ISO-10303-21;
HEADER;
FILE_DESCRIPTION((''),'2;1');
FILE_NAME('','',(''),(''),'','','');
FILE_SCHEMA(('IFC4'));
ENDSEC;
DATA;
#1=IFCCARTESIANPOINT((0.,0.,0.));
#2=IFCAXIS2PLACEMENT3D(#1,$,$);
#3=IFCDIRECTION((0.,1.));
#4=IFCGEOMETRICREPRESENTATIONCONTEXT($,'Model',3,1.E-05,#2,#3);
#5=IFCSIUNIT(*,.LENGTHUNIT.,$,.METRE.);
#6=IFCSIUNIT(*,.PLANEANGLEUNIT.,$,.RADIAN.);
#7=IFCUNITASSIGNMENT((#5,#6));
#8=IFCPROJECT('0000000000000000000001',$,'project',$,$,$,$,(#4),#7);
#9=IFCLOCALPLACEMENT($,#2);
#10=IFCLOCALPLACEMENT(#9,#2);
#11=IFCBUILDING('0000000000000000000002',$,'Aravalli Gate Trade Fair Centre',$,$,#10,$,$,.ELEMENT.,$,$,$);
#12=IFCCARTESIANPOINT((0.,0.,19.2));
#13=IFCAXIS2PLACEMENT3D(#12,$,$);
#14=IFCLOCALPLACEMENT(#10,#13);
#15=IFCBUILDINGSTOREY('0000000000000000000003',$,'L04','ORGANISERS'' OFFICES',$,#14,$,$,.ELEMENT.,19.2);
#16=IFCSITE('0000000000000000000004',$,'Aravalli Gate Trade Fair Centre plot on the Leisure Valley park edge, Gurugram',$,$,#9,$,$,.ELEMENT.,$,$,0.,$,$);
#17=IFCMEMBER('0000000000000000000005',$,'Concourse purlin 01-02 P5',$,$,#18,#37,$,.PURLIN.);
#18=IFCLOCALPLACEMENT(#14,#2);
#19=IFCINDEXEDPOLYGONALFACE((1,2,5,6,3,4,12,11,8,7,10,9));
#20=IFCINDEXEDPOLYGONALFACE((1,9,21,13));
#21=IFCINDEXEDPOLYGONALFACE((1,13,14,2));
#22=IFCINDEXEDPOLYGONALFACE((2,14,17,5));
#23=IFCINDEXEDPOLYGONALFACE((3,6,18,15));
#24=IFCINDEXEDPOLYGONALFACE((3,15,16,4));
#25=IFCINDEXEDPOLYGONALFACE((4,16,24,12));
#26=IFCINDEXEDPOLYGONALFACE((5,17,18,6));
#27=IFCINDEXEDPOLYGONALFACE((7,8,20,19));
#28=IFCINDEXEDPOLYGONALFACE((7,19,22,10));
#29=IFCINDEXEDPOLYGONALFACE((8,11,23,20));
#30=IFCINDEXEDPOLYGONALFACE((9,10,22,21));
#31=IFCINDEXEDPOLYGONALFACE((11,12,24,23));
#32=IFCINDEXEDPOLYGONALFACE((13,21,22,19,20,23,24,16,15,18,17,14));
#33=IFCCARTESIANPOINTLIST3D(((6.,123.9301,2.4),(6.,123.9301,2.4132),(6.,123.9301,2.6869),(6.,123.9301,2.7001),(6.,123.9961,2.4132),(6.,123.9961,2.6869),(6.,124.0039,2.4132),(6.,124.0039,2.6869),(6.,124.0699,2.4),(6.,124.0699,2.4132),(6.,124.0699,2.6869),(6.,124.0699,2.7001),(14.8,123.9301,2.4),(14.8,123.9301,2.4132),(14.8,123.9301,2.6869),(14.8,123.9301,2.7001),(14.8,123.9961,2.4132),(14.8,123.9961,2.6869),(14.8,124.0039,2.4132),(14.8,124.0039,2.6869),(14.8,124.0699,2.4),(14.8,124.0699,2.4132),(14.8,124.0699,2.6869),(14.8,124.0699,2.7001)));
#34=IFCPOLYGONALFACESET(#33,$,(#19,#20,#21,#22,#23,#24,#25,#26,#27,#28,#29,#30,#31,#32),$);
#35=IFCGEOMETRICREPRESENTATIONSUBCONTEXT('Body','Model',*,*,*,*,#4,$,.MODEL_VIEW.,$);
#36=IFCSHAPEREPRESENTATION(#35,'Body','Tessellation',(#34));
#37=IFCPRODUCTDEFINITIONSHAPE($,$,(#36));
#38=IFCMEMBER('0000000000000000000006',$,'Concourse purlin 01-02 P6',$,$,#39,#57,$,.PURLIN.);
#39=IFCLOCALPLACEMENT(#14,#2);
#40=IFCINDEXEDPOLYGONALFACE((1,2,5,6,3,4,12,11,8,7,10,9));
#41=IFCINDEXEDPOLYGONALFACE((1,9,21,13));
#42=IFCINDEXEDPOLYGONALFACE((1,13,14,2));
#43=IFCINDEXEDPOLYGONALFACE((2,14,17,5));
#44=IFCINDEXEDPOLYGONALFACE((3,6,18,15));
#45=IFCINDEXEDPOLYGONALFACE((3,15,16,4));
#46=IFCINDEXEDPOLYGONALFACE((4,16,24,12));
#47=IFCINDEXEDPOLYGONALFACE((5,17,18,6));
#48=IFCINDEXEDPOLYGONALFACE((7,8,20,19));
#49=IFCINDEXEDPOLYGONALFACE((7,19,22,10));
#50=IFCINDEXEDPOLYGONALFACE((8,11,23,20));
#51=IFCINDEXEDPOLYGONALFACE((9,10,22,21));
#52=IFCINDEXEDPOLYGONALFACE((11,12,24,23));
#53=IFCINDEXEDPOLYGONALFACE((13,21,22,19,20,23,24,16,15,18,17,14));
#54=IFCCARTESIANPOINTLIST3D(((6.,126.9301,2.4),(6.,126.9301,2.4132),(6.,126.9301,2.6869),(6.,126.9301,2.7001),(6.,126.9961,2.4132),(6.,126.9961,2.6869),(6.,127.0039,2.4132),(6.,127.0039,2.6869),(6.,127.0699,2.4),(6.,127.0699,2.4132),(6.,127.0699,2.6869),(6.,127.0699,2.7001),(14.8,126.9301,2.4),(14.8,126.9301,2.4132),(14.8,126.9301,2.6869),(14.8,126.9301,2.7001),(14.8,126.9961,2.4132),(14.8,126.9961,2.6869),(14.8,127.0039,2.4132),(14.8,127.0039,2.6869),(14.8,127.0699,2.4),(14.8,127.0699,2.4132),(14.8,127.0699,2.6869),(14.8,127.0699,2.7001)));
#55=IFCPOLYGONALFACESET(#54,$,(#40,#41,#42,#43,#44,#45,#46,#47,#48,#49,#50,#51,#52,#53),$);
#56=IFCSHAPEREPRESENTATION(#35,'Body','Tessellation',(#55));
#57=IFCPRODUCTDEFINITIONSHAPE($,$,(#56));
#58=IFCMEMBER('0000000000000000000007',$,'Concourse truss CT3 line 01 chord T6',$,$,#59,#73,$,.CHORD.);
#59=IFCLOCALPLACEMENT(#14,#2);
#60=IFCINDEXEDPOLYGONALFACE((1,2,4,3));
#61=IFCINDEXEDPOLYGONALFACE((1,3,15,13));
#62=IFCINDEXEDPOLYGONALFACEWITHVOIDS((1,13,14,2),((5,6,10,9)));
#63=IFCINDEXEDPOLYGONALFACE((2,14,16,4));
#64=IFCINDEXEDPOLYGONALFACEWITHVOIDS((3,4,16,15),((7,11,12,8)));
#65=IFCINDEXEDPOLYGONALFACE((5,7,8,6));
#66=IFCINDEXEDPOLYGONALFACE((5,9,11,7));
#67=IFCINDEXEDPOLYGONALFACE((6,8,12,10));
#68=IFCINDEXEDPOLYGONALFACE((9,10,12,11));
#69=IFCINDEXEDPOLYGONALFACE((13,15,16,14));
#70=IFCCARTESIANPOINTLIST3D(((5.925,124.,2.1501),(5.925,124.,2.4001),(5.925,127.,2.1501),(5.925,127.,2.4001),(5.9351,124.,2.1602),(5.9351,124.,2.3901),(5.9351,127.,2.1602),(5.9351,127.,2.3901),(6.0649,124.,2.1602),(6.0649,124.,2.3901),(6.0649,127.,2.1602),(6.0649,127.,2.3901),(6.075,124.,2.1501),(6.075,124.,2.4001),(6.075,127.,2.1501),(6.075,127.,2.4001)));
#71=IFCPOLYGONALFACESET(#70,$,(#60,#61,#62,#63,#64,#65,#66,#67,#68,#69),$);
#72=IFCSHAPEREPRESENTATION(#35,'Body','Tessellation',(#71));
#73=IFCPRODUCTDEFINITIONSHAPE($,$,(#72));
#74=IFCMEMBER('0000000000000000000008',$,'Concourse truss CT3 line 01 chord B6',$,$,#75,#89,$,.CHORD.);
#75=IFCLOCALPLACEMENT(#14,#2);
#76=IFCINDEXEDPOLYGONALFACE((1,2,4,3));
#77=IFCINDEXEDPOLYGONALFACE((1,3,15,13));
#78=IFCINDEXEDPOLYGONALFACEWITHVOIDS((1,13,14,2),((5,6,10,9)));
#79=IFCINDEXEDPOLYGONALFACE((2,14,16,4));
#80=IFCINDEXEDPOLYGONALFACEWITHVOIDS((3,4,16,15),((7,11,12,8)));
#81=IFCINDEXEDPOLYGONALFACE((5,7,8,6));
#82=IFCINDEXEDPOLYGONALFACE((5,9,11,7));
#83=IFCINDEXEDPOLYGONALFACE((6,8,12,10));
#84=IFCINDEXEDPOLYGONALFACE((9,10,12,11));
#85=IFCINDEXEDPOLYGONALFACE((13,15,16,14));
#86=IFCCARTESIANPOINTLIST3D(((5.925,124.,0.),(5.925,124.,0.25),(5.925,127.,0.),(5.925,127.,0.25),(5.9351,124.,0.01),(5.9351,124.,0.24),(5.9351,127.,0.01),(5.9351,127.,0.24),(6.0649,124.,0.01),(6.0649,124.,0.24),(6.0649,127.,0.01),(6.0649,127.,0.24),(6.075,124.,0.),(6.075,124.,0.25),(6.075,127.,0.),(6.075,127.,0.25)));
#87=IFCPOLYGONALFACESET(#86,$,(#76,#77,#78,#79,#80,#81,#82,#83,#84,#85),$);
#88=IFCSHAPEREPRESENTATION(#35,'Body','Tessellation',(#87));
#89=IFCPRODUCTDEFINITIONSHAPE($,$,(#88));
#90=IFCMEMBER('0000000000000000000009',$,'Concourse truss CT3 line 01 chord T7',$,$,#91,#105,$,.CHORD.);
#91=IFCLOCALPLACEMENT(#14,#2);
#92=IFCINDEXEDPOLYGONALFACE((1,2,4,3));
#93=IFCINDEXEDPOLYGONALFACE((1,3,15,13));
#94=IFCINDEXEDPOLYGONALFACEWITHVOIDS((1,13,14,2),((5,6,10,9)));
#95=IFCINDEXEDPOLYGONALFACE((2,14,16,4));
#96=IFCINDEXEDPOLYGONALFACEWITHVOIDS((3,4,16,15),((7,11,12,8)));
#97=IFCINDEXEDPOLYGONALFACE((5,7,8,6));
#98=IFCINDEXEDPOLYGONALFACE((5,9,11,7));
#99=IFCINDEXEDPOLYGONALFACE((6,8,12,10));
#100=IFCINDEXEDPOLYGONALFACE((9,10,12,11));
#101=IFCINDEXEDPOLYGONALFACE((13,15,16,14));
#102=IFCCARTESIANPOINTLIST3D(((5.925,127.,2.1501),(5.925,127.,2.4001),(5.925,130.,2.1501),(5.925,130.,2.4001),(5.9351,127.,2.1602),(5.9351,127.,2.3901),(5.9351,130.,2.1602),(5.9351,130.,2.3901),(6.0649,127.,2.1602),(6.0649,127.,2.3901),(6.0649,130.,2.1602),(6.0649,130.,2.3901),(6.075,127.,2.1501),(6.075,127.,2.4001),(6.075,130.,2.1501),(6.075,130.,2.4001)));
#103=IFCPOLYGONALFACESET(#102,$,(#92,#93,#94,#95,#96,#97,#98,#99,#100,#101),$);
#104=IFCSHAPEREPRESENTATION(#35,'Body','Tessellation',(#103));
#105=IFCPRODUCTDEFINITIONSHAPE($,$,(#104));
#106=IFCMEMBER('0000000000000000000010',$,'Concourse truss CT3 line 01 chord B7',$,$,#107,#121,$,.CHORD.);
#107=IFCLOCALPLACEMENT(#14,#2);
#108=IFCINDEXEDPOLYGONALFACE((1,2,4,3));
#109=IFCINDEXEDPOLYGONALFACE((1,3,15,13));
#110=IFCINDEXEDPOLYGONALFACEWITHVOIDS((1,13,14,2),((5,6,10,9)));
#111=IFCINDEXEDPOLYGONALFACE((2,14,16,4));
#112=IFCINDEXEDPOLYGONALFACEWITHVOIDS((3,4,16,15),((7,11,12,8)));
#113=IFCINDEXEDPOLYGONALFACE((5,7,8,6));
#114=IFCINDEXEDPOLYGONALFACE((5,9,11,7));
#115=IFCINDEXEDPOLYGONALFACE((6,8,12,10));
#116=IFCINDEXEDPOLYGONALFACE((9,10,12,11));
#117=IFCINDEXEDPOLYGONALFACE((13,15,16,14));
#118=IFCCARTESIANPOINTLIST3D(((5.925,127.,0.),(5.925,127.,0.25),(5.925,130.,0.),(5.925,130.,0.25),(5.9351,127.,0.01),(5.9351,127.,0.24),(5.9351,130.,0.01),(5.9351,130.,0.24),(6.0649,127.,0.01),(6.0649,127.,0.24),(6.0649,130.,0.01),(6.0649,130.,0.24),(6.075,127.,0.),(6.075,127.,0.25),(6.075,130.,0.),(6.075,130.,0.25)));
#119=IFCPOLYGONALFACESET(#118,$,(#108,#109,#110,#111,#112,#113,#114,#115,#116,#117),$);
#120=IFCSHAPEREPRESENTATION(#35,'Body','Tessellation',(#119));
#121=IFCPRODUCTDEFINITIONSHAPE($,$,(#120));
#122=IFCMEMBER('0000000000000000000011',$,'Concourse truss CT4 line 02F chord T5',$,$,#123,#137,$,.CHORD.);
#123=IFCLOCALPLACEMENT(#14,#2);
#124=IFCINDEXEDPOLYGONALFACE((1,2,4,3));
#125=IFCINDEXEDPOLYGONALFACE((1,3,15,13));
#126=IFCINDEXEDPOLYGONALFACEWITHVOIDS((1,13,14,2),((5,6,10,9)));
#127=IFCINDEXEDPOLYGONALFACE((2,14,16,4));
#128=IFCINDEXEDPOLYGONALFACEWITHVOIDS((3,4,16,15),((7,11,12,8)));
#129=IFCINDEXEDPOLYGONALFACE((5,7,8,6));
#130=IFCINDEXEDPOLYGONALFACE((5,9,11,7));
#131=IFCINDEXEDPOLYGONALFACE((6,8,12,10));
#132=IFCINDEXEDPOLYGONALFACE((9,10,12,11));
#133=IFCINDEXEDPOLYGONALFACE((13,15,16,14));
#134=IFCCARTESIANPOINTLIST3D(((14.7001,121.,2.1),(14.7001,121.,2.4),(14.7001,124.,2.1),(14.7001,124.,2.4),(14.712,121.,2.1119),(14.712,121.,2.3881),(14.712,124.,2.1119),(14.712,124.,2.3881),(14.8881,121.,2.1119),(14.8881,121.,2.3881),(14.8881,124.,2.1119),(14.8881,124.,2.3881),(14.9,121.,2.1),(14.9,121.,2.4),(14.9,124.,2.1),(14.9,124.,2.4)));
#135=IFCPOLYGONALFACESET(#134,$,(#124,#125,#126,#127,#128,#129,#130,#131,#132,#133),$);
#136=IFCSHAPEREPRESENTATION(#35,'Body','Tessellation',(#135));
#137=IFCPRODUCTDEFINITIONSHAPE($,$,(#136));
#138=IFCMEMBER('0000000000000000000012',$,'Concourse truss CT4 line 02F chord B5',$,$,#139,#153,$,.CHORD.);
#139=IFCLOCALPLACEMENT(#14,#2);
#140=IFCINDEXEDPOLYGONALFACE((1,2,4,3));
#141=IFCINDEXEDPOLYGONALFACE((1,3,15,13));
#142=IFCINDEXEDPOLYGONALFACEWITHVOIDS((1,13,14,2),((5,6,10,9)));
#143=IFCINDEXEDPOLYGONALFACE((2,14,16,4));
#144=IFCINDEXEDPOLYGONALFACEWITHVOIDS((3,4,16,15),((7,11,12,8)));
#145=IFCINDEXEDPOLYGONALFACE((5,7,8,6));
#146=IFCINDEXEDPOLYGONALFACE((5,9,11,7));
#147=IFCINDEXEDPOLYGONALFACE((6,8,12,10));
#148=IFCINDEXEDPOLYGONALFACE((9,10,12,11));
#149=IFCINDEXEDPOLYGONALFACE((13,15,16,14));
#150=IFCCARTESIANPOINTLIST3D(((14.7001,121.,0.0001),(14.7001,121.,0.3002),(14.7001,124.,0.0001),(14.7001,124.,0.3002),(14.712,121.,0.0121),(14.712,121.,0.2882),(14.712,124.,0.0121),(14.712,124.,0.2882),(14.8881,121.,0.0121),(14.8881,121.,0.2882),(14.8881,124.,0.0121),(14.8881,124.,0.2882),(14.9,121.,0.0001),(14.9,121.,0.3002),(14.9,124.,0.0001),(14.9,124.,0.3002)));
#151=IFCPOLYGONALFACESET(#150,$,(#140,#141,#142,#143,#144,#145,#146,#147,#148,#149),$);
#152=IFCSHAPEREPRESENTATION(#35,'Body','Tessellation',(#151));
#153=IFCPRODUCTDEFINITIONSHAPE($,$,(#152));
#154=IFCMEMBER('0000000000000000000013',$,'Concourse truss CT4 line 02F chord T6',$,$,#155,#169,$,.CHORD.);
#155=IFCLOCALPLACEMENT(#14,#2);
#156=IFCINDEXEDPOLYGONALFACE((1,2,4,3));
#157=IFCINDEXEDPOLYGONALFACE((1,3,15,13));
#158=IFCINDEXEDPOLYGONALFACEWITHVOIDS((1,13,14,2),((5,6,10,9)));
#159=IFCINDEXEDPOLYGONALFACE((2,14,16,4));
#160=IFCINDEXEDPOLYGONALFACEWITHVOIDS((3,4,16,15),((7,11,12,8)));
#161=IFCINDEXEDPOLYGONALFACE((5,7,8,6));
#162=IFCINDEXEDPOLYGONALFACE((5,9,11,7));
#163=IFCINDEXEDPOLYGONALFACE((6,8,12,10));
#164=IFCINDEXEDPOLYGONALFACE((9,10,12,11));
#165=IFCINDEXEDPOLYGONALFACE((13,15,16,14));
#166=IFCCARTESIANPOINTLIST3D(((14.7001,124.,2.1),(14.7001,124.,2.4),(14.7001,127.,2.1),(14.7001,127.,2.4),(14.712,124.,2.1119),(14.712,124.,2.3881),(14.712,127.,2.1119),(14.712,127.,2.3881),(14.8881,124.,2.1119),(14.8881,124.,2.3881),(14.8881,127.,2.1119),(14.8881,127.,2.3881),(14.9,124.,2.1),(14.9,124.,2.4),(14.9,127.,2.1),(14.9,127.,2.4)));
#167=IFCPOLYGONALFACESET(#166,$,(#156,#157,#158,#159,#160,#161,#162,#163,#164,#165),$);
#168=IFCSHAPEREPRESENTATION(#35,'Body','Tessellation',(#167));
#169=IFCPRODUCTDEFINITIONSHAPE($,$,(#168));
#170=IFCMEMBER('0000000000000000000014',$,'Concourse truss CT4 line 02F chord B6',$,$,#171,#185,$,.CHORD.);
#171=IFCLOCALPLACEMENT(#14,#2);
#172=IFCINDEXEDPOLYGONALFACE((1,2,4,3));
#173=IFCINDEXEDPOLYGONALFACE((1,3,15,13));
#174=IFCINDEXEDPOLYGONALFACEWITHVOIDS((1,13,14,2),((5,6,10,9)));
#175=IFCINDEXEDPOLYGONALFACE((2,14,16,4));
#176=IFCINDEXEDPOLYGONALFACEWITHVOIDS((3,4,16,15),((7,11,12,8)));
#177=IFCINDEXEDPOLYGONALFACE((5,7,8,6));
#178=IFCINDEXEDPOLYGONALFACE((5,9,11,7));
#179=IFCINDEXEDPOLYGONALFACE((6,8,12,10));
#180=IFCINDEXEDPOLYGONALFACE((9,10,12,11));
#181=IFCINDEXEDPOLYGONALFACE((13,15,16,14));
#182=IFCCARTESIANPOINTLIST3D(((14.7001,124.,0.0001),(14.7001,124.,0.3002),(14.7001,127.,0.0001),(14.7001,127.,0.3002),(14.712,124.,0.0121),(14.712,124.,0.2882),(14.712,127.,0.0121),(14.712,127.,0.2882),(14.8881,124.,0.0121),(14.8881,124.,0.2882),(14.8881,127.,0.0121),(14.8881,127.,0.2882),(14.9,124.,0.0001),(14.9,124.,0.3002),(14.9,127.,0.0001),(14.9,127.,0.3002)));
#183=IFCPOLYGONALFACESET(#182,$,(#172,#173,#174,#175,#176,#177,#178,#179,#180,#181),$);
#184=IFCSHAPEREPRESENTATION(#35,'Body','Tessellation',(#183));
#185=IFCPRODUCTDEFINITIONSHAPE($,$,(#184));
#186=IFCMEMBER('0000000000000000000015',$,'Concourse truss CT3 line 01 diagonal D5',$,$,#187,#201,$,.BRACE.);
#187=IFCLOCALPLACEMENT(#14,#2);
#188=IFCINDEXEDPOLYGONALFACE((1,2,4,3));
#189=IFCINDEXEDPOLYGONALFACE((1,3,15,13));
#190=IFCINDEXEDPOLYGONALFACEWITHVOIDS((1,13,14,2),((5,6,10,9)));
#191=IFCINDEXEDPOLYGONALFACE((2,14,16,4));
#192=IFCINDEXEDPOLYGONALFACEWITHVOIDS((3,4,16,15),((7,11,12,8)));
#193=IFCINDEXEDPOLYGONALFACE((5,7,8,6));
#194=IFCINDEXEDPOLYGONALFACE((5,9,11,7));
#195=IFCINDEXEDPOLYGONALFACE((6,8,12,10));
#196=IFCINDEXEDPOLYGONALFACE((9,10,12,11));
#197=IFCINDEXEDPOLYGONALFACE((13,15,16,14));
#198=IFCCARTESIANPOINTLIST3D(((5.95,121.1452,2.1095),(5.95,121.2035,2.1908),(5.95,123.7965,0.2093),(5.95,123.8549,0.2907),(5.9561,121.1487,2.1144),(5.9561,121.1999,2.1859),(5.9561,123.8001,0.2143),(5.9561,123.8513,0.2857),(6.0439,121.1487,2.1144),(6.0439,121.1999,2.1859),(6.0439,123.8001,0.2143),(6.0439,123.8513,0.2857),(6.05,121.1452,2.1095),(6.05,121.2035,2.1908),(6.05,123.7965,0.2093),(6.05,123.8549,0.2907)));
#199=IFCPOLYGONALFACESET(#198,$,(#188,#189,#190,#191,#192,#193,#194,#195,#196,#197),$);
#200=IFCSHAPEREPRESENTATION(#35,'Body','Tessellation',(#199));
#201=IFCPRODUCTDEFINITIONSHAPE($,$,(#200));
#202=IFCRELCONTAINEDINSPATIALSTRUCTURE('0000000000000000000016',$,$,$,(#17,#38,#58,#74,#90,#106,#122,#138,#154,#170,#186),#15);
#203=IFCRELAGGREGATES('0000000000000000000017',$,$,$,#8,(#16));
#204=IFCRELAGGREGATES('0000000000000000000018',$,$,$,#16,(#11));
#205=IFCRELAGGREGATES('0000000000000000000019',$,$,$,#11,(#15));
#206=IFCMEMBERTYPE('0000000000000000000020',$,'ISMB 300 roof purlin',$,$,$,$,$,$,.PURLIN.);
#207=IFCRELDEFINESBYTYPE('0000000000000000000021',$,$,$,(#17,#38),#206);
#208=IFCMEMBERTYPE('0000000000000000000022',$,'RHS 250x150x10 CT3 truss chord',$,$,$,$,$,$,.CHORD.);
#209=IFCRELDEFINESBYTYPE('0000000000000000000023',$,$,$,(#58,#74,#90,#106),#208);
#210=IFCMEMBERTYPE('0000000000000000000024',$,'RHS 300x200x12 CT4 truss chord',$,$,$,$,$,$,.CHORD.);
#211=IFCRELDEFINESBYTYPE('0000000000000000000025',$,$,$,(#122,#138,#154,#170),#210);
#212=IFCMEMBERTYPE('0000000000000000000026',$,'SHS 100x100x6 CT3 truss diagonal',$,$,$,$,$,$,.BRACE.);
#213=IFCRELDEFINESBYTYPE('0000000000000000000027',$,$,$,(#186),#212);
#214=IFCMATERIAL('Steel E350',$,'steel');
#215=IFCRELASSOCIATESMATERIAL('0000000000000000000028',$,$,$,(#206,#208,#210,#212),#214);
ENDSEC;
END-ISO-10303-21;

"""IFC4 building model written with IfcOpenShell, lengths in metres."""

from ifc_helpers import new_model, si_unit, direction, frame, origin, origin_2d, place, context, subcontext, project, spatial, hollow_rectangle, i_section, extrude, material, material_profile, profile_set, type_object, element, save


model = new_model("IFC4")

# Units and contexts
model_context = context("Model", 3, precision=1e-05, world=origin(), true_north=direction((0.0, 1.0)))
body_context = subcontext(model_context, "Body", "Model", "MODEL_VIEW")
ifc_project = project(units=[si_unit("LENGTHUNIT", "METRE"), si_unit("PLANEANGLEUNIT", "RADIAN")], contexts=[model_context])

# Site, building, storey
site_placement = place(None, origin())
site = spatial("IfcSite", under=ifc_project, at=site_placement, Name="Aravalli Gate Trade Fair Centre plot on the Leisure Valley park edge, Gurugram", CompositionType="ELEMENT", RefElevation=0.0)
building_placement = place(site_placement, origin())
building = spatial("IfcBuilding", under=site, at=building_placement, Name="Aravalli Gate Trade Fair Centre", CompositionType="ELEMENT")
storey_placement = place(building_placement, frame((0.0, 0.0, 19.2)))
storey = spatial("IfcBuildingStorey", under=building, at=storey_placement, Name="L04", Description="ORGANISERS' OFFICES", CompositionType="ELEMENT", Elevation=19.2)

# Members
ifc_material = material(Name="Steel E350", Category="steel")
ifc_material_profile_1 = material_profile(ifc_material, i_section(OverallWidth=0.1399, OverallDepth=0.3, WebThickness=0.0078, FlangeThickness=0.0132, at=origin_2d()), Name="ISMB 300")
ifc_profile_set_1 = profile_set([ifc_material_profile_1], Name="Steel E350")
member_type_1 = type_object("IfcMemberType", Name="ISMB 300 roof purlin", PredefinedType="PURLIN", material=ifc_profile_set_1)
for number, where, z_axis, x_axis, name in (
    (1, (6.0, 124.0, 2.55), (1.0, 0.0, 0.0), (0.0, 1.0, 0.0), "Concourse purlin 01-02 P5"),
    (2, (6.0, 127.0, 2.55), (1.0, 0.0, 0.0), (0.0, 1.0, 0.0), "Concourse purlin 01-02 P6"),
):
    element("IfcMember", number, at=place(storey_placement, frame(where, z_axis=z_axis, x_axis=x_axis)), inside=storey, type_object=member_type_1, Name=name, PredefinedType="PURLIN", context=body_context, shape_type="SweptSolid", body=[
        extrude(i_section(OverallWidth=0.1399, OverallDepth=0.3, WebThickness=0.0078, FlangeThickness=0.0132, at=origin_2d()), origin(), (0.0, 0.0, 1.0), 8.8),
    ])
ifc_material_profile_2 = material_profile(ifc_material, hollow_rectangle(XDim=0.1499, YDim=0.25, WallThickness=0.01, at=origin_2d()), Name="RHS 250x150x10")
ifc_profile_set_2 = profile_set([ifc_material_profile_2], Name="Steel E350")
member_type_2 = type_object("IfcMemberType", Name="RHS 250x150x10 CT3 truss chord", PredefinedType="CHORD", material=ifc_profile_set_2)
for number, where, z_axis, x_axis, name in (
    (3, (6.0, 124.0, 2.2751), (0.0, 1.0, 0.0), (-1.0, 0.0, 0.0), "Concourse truss CT3 line 01 chord T6"),
    (4, (6.0, 124.0, 0.125), (0.0, 1.0, 0.0), (-1.0, 0.0, 0.0), "Concourse truss CT3 line 01 chord B6"),
    (5, (6.0, 127.0, 2.2751), (0.0, 1.0, 0.0), (-1.0, 0.0, 0.0), "Concourse truss CT3 line 01 chord T7"),
    (6, (6.0, 127.0, 0.125), (0.0, 1.0, 0.0), (-1.0, 0.0, 0.0), "Concourse truss CT3 line 01 chord B7"),
):
    element("IfcMember", number, at=place(storey_placement, frame(where, z_axis=z_axis, x_axis=x_axis)), inside=storey, type_object=member_type_2, Name=name, PredefinedType="CHORD", context=body_context, shape_type="SweptSolid", body=[
        extrude(hollow_rectangle(XDim=0.1499, YDim=0.25, WallThickness=0.01, at=origin_2d()), origin(), (0.0, 0.0, 1.0), 3.0),
    ])
ifc_material_profile_3 = material_profile(ifc_material, hollow_rectangle(XDim=0.2, YDim=0.3, WallThickness=0.012, at=origin_2d()), Name="RHS 300x200x12")
ifc_profile_set_3 = profile_set([ifc_material_profile_3], Name="Steel E350")
member_type_3 = type_object("IfcMemberType", Name="RHS 300x200x12 CT4 truss chord", PredefinedType="CHORD", material=ifc_profile_set_3)
for number, where, z_axis, x_axis, name in (
    (7, (14.8, 121.0, 2.25), (0.0, 1.0, 0.0), (-1.0, 0.0, 0.0), "Concourse truss CT4 line 02F chord T5"),
    (8, (14.8, 121.0, 0.1501), (0.0, 1.0, 0.0), (-1.0, 0.0, 0.0), "Concourse truss CT4 line 02F chord B5"),
    (9, (14.8, 124.0, 2.25), (0.0, 1.0, 0.0), (-1.0, 0.0, 0.0), "Concourse truss CT4 line 02F chord T6"),
    (10, (14.8, 124.0, 0.1501), (0.0, 1.0, 0.0), (-1.0, 0.0, 0.0), "Concourse truss CT4 line 02F chord B6"),
):
    element("IfcMember", number, at=place(storey_placement, frame(where, z_axis=z_axis, x_axis=x_axis)), inside=storey, type_object=member_type_3, Name=name, PredefinedType="CHORD", context=body_context, shape_type="SweptSolid", body=[
        extrude(hollow_rectangle(XDim=0.2, YDim=0.3, WallThickness=0.012, at=origin_2d()), origin(), (0.0, 0.0, 1.0), 3.0),
    ])
ifc_material_profile_4 = material_profile(ifc_material, hollow_rectangle(XDim=0.1001, YDim=0.1001, WallThickness=0.0061, at=origin_2d()), Name="SHS 100x100x6")
ifc_profile_set_4 = profile_set([ifc_material_profile_4], Name="Steel E350")
member_type_4 = type_object("IfcMemberType", Name="SHS 100x100x6 CT3 truss diagonal", PredefinedType="BRACE", material=ifc_profile_set_4)
for number, where, z_axis, x_axis, name in (
    (11, (6.0, 121.1743, 2.1501), (0.0, 0.812817, -0.582519), (-1.0, 0.0, 0.0), "Concourse truss CT3 line 01 diagonal D5"),
):
    element("IfcMember", number, at=place(storey_placement, frame(where, z_axis=z_axis, x_axis=x_axis)), inside=storey, type_object=member_type_4, Name=name, PredefinedType="BRACE", context=body_context, shape_type="SweptSolid", body=[
        extrude(hollow_rectangle(XDim=0.1001, YDim=0.1001, WallThickness=0.0061, at=origin_2d()), origin(), (0.0, 0.0, 1.0), 3.262),
    ])

save(model, "model.ifc")
